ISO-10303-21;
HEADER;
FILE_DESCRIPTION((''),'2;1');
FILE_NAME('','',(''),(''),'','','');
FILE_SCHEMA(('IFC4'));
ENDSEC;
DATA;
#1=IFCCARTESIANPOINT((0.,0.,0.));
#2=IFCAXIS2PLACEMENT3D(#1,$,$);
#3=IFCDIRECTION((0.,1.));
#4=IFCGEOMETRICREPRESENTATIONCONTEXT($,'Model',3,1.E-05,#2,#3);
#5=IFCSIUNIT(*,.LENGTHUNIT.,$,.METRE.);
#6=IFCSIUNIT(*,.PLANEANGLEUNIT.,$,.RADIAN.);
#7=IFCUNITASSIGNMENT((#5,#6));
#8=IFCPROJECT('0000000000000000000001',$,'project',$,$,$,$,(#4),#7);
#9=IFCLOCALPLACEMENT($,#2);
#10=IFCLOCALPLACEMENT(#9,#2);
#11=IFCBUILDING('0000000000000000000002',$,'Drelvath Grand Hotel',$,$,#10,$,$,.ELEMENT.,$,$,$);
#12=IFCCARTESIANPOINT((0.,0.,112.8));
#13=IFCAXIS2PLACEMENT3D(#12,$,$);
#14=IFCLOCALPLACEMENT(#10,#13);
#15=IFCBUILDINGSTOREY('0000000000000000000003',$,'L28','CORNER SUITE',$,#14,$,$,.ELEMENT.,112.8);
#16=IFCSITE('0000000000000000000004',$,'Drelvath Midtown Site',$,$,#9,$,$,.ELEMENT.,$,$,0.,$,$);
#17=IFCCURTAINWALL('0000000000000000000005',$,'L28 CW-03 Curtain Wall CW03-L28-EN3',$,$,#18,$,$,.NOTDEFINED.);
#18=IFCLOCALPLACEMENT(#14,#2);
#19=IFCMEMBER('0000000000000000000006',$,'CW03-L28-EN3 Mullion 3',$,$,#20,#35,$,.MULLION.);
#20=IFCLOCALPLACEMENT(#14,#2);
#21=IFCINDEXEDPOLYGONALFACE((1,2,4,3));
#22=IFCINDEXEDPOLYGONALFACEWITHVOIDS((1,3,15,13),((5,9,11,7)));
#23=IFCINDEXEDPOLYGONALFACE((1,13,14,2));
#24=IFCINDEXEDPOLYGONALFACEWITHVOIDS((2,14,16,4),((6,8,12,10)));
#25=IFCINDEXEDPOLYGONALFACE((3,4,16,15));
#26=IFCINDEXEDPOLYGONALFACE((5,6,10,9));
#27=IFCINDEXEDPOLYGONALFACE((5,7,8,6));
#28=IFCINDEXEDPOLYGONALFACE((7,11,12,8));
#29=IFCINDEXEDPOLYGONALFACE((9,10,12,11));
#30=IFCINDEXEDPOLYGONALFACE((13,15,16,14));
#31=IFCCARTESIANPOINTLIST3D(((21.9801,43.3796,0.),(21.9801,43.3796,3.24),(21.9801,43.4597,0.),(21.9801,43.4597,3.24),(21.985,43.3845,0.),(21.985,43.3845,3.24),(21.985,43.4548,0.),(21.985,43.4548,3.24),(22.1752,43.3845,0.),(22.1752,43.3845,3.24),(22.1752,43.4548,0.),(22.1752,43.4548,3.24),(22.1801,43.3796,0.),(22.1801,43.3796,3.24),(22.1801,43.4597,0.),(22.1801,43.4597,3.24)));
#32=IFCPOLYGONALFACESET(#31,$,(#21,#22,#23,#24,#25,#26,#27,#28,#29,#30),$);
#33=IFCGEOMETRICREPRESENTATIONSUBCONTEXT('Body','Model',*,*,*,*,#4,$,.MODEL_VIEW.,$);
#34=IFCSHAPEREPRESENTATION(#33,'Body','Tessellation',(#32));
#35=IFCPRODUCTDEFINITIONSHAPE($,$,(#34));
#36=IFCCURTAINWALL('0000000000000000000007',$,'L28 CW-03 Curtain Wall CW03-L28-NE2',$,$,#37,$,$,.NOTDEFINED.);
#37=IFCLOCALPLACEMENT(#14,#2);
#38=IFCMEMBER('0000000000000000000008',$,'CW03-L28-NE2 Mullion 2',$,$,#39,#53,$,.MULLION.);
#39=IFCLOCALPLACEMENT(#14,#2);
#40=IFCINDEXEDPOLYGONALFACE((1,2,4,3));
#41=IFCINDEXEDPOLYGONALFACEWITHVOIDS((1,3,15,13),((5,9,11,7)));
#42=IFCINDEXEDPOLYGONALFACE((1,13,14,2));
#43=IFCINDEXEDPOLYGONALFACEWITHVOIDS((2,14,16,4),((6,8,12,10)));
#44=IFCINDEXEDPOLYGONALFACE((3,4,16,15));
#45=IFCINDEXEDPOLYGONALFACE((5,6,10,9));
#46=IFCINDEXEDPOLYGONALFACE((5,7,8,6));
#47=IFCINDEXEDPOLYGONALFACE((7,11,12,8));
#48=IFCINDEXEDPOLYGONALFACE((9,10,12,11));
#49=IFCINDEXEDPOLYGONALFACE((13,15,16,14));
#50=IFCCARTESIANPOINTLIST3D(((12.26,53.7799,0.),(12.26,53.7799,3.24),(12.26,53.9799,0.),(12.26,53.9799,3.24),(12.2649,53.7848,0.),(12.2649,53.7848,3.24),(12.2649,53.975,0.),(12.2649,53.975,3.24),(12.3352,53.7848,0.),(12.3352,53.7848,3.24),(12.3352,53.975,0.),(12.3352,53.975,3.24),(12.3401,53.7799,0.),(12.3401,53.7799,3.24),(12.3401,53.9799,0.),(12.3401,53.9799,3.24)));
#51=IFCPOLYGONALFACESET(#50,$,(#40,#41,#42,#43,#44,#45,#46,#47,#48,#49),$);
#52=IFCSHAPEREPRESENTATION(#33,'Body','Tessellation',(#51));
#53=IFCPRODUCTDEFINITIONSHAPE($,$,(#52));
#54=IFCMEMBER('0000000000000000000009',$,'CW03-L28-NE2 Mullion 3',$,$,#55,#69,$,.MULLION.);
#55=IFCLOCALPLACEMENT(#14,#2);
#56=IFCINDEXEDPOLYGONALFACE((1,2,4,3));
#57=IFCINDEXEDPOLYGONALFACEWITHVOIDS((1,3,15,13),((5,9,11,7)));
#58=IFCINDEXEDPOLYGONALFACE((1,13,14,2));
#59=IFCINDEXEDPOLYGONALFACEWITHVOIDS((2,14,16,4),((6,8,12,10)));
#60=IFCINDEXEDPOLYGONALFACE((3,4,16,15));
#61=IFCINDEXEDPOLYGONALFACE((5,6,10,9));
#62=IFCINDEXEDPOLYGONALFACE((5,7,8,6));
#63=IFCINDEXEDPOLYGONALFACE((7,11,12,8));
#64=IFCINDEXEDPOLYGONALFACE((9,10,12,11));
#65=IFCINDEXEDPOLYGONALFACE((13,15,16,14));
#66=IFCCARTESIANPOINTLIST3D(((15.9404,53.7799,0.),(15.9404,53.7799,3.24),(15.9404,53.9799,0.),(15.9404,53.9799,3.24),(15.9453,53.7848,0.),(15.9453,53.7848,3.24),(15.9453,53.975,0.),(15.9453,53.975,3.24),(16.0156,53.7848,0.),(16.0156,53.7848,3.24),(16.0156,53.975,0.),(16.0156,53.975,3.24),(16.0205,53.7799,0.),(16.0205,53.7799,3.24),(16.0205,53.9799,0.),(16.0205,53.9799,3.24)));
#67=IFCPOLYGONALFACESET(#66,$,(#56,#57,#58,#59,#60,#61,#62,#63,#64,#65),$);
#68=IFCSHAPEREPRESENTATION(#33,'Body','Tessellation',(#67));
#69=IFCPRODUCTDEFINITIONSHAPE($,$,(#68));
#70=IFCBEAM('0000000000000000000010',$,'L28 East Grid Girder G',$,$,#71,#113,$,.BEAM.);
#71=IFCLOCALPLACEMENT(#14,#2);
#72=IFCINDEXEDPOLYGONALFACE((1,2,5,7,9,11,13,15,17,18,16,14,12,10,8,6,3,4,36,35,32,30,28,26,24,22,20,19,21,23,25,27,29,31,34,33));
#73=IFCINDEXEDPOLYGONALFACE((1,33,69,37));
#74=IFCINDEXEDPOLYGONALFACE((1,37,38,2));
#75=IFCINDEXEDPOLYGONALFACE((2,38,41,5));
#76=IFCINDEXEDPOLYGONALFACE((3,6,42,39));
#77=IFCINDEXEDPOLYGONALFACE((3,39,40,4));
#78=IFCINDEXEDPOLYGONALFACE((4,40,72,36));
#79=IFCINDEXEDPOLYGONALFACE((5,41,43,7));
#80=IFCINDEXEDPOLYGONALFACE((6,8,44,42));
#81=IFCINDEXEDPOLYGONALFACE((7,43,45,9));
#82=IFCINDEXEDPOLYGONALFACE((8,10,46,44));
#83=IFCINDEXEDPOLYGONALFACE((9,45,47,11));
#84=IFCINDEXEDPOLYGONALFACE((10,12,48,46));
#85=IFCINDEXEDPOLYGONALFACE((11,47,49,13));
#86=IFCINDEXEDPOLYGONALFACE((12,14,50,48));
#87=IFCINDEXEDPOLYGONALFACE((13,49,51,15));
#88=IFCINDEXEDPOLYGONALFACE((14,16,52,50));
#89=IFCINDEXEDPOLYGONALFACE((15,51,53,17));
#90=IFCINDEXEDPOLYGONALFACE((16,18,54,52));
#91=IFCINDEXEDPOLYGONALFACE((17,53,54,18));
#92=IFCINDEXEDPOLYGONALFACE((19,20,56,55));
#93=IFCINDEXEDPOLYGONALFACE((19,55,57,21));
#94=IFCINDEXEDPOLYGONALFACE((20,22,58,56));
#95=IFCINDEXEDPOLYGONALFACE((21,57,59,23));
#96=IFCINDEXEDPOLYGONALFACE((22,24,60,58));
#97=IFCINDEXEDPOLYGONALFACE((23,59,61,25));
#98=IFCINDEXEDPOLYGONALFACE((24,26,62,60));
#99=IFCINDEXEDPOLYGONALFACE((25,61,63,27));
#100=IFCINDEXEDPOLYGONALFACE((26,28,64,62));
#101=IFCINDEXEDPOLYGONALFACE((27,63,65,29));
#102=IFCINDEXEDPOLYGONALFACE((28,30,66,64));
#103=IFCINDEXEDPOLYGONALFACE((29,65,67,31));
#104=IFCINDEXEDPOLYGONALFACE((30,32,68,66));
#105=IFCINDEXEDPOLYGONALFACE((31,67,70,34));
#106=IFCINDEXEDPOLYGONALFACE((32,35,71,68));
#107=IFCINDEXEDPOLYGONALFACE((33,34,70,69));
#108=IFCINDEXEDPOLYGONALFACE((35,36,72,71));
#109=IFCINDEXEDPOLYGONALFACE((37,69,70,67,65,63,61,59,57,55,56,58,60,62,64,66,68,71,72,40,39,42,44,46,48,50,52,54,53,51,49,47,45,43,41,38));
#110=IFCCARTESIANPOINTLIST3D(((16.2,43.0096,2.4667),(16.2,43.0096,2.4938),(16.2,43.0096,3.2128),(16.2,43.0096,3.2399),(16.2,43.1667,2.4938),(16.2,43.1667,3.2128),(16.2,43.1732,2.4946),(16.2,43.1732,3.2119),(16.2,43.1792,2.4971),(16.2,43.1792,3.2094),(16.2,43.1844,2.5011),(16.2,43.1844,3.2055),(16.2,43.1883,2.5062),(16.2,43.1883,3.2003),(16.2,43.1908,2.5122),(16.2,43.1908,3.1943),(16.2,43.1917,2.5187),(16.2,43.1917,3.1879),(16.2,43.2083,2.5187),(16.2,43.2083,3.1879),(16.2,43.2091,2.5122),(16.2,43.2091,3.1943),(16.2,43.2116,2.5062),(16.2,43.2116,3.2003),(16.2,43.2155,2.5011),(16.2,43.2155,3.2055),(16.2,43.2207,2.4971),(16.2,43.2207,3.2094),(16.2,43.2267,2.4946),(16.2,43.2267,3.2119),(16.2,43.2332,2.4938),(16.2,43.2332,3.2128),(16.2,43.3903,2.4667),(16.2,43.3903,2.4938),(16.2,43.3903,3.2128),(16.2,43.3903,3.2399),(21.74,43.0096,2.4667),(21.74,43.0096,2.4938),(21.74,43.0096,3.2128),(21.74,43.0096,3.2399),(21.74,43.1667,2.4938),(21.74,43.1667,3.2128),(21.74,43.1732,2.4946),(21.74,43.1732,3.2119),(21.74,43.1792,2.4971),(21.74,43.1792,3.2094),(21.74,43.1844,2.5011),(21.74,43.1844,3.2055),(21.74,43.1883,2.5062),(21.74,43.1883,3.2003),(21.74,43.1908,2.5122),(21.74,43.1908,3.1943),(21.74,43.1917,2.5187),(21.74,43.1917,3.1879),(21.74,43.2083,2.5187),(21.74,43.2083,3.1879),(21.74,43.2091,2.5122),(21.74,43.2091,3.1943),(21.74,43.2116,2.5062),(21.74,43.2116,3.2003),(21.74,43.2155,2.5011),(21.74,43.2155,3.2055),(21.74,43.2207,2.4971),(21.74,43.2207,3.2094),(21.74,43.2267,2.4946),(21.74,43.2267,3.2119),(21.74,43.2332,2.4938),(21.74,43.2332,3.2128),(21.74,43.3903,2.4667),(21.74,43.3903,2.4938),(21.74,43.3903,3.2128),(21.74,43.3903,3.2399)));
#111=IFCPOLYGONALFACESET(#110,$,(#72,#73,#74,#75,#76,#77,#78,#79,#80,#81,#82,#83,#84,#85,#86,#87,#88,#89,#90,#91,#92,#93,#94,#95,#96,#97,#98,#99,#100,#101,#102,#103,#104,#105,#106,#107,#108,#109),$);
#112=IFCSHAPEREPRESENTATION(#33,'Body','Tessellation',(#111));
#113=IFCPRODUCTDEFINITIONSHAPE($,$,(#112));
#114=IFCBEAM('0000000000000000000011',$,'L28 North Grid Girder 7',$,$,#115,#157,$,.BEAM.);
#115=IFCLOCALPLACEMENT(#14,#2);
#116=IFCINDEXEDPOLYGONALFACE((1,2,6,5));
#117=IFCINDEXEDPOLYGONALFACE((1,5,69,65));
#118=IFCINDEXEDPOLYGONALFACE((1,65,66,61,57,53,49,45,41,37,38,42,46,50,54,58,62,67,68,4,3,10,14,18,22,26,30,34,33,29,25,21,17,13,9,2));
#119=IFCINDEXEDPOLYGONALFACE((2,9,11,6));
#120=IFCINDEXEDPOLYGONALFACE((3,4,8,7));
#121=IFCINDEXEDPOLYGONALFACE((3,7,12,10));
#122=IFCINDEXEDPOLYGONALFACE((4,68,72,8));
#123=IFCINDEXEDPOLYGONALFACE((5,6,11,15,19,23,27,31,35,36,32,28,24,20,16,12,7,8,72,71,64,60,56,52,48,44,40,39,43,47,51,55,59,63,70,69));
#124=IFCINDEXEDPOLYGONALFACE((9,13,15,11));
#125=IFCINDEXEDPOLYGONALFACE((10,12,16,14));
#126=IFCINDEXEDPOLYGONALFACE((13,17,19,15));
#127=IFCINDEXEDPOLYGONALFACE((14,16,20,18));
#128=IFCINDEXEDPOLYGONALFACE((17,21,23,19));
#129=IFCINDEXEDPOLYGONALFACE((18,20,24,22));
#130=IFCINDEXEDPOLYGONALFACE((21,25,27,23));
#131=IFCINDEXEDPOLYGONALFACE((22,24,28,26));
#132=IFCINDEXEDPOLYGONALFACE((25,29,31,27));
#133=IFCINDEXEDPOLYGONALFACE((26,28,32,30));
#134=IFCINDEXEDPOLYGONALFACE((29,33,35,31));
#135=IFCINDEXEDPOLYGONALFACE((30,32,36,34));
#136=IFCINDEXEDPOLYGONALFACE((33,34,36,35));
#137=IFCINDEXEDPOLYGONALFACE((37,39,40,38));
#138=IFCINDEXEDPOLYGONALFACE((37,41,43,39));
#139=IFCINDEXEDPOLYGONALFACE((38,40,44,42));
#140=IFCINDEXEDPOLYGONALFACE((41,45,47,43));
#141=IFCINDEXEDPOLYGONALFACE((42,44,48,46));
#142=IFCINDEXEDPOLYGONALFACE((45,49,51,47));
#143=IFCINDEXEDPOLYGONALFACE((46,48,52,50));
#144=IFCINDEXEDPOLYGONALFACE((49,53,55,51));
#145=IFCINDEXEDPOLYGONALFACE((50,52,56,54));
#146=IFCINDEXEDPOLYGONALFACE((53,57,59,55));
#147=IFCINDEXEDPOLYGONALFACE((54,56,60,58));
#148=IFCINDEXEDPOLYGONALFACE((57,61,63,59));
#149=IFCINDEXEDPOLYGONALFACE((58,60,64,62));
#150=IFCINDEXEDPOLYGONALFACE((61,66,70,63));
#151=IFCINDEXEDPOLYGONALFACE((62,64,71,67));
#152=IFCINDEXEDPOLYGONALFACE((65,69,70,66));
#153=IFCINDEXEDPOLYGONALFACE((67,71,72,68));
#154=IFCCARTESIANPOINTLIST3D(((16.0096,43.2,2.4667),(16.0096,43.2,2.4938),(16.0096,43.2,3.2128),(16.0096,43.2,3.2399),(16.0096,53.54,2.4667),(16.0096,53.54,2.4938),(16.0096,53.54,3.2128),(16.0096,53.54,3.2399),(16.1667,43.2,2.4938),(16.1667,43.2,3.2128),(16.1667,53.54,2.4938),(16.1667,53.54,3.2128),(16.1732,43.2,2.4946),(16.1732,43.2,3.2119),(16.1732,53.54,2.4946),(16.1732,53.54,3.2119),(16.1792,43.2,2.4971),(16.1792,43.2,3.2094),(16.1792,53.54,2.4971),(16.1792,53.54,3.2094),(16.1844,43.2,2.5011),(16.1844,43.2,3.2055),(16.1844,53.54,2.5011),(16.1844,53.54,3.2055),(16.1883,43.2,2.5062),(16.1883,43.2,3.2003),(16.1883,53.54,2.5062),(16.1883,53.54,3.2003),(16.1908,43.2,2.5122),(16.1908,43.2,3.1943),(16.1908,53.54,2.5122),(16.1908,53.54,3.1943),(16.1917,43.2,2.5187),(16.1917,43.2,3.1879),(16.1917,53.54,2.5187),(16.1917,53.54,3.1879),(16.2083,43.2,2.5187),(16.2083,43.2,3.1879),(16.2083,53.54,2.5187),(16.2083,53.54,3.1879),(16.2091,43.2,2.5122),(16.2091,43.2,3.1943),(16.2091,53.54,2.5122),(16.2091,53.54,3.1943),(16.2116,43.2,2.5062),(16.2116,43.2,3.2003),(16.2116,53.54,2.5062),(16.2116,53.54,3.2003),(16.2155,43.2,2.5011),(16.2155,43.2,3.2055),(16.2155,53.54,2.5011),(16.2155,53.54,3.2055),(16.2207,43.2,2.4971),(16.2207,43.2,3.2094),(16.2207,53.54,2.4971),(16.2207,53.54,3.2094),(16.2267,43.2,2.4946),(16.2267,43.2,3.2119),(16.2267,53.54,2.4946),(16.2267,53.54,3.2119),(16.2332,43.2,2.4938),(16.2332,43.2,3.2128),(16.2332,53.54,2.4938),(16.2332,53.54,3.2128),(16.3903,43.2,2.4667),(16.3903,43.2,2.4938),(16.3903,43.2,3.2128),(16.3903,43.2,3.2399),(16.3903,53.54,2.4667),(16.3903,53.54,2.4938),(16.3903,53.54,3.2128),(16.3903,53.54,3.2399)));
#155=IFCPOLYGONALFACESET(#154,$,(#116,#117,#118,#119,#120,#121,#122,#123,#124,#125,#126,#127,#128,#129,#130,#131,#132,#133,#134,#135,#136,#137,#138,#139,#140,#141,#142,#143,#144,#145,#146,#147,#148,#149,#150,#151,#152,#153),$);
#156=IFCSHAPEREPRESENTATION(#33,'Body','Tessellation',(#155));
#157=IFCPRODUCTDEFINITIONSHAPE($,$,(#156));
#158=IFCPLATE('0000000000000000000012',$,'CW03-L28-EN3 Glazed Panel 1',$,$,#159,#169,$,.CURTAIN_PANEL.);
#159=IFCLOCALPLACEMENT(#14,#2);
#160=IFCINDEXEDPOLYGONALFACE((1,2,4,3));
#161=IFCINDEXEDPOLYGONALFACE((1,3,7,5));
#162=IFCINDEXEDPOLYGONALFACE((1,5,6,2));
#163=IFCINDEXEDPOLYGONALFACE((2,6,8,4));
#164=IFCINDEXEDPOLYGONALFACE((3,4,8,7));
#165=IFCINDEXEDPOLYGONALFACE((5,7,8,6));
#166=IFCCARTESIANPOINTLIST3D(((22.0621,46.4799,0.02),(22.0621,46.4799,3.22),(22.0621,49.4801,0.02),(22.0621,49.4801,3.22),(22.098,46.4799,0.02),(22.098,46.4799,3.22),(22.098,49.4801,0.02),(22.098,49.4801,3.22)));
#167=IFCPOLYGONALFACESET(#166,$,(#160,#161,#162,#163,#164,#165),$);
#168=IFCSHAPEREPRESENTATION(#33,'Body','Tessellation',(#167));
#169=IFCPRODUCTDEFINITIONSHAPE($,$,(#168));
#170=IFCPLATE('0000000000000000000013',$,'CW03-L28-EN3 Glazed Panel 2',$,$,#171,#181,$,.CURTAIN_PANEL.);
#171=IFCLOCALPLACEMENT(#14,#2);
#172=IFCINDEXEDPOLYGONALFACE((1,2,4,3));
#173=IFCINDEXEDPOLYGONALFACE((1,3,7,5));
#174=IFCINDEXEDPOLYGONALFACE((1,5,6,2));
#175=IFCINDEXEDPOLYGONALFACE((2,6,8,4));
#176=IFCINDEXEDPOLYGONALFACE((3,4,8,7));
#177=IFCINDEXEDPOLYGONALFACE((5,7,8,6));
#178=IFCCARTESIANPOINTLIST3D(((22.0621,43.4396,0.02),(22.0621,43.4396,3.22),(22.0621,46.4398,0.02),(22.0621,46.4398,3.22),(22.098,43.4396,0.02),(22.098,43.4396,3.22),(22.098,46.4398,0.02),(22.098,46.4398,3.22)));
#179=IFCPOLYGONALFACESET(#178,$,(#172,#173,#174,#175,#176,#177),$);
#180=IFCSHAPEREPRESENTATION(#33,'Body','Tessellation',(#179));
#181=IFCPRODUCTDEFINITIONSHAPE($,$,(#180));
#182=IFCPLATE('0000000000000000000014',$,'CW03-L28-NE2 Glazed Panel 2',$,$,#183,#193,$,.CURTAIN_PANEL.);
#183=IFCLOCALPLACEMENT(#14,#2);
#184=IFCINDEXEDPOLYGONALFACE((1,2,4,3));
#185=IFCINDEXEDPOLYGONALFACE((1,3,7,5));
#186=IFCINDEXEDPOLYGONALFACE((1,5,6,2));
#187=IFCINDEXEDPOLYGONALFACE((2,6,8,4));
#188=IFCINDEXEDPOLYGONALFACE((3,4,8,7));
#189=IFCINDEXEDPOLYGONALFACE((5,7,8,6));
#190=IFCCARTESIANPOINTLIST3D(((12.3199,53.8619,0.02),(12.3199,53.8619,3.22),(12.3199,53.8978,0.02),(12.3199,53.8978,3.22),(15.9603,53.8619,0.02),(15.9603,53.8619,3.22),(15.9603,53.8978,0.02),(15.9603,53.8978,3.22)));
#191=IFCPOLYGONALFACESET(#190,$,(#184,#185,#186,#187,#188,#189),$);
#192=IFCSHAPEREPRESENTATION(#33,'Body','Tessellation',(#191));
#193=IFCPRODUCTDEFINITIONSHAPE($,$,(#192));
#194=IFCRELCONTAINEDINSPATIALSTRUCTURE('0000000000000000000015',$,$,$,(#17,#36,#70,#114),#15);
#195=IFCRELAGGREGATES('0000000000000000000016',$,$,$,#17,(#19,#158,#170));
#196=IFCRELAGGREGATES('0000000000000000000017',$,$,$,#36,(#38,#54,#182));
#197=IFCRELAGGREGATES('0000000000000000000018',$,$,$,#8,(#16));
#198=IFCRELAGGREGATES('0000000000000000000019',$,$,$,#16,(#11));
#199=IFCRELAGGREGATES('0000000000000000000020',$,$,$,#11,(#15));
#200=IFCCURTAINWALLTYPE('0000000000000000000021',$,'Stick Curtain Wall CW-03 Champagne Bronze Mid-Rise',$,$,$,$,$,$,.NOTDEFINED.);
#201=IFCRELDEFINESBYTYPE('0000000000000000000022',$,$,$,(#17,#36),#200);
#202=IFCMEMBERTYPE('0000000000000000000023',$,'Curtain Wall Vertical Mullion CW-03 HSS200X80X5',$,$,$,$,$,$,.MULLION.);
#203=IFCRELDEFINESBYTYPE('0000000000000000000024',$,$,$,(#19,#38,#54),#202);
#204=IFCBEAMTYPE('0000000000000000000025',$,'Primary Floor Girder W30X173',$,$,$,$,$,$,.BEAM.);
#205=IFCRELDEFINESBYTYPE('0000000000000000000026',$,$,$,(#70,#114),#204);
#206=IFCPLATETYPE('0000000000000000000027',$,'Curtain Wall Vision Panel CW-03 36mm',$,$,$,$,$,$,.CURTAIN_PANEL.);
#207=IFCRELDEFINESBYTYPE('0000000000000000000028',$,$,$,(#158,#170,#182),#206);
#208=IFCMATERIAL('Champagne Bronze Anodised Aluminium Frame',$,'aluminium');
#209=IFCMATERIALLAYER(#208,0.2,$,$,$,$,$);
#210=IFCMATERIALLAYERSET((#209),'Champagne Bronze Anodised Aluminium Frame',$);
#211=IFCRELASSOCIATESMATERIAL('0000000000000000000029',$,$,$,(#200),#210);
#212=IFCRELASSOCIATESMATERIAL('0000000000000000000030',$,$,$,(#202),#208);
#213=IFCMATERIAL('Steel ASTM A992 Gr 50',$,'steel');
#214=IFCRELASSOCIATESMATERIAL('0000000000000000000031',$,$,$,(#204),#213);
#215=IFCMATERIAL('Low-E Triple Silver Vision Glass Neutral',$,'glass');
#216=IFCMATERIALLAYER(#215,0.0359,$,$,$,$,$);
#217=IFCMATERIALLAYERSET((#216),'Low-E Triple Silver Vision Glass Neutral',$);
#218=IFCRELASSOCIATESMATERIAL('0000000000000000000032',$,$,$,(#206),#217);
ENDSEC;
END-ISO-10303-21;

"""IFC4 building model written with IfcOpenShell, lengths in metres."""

from ifc_helpers import new_model, si_unit, direction, frame, origin, origin_2d, place, context, subcontext, project, spatial, rectangle, hollow_rectangle, i_section, extrude, material, layer, layer_set, material_profile, profile_set, type_object, element, aggregate, save


model = new_model("IFC4")

# Units and contexts
model_context = context("Model", 3, precision=1e-05, world=origin(), true_north=direction((0.0, 1.0)))
body_context = subcontext(model_context, "Body", "Model", "MODEL_VIEW")
ifc_project = project(units=[si_unit("LENGTHUNIT", "METRE"), si_unit("PLANEANGLEUNIT", "RADIAN")], contexts=[model_context])

# Site, building, storey
site_placement = place(None, origin())
site = spatial("IfcSite", under=ifc_project, at=site_placement, Name="Drelvath Midtown Site", CompositionType="ELEMENT", RefElevation=0.0)
building_placement = place(site_placement, origin())
building = spatial("IfcBuilding", under=site, at=building_placement, Name="Drelvath Grand Hotel", CompositionType="ELEMENT")
storey_placement = place(building_placement, frame((0.0, 0.0, 112.8)))
storey = spatial("IfcBuildingStorey", under=building, at=storey_placement, Name="L28", Description="CORNER SUITE", CompositionType="ELEMENT", Elevation=112.8)

# Curtain wall
ifc_material_1 = material(Name="Champagne Bronze Anodised Aluminium Frame", Category="aluminium")
ifc_layer_1 = layer(ifc_material_1, 0.2)
ifc_layer_set_1 = layer_set([ifc_layer_1], Name="Champagne Bronze Anodised Aluminium Frame")
curtain_wall_type = type_object("IfcCurtainWallType", Name="Stick Curtain Wall CW-03 Champagne Bronze Mid-Rise", PredefinedType="NOTDEFINED", material=ifc_layer_set_1)
curtain_wall_1_placement = place(storey_placement, origin())
curtain_wall_1 = element("IfcCurtainWall", 1, at=curtain_wall_1_placement, inside=storey, type_object=curtain_wall_type, Name="L28 CW-03 Curtain Wall CW03-L28-EN3", PredefinedType="NOTDEFINED")
ifc_material_profile_1 = material_profile(ifc_material_1, hollow_rectangle(XDim=0.0801, YDim=0.2, WallThickness=0.0049, at=origin_2d()), Name="HSS200X80X5")
ifc_profile_set_1 = profile_set([ifc_material_profile_1], Name="Champagne Bronze Anodised Aluminium Frame")
member_type_1 = type_object("IfcMemberType", Name="Curtain Wall Vertical Mullion CW-03 HSS200X80X5", PredefinedType="MULLION", material=ifc_profile_set_1)

# Member
member_1_placement = place(storey_placement, frame((22.0801, 43.4197, 0.0), z_axis=(0.0, 0.0, 1.0), x_axis=(0.0, 1.0, 0.0)))
member_1 = element("IfcMember", 2, at=member_1_placement, type_object=member_type_1, Name="CW03-L28-EN3 Mullion 3", PredefinedType="MULLION", context=body_context, shape_type="SweptSolid", body=[
    extrude(hollow_rectangle(XDim=0.0801, YDim=0.2, WallThickness=0.0049, at=origin_2d()), origin(), (0.0, 0.0, 1.0), 3.24),
])

# Curtain wall, members
curtain_wall_2_placement = place(storey_placement, origin())
curtain_wall_2 = element("IfcCurtainWall", 3, at=curtain_wall_2_placement, inside=storey, type_object=curtain_wall_type, Name="L28 CW-03 Curtain Wall CW03-L28-NE2", PredefinedType="NOTDEFINED")
member_2_placement = place(storey_placement, frame((12.3, 53.8799, 0.0), z_axis=(0.0, 0.0, 1.0), x_axis=(1.0, 0.0, 0.0)))
member_2 = element("IfcMember", 4, at=member_2_placement, type_object=member_type_1, Name="CW03-L28-NE2 Mullion 2", PredefinedType="MULLION", context=body_context, shape_type="SweptSolid", body=[
    extrude(hollow_rectangle(XDim=0.0801, YDim=0.2, WallThickness=0.0049, at=origin_2d()), origin(), (0.0, 0.0, 1.0), 3.24),
])
member_3_placement = place(storey_placement, frame((15.9805, 53.8799, 0.0), z_axis=(0.0, 0.0, 1.0), x_axis=(1.0, 0.0, 0.0)))
member_3 = element("IfcMember", 5, at=member_3_placement, type_object=member_type_1, Name="CW03-L28-NE2 Mullion 3", PredefinedType="MULLION", context=body_context, shape_type="SweptSolid", body=[
    extrude(hollow_rectangle(XDim=0.0801, YDim=0.2, WallThickness=0.0049, at=origin_2d()), origin(), (0.0, 0.0, 1.0), 3.24),
])

# Beams
ifc_material_2 = material(Name="Steel ASTM A992 Gr 50", Category="steel")
ifc_material_profile_2 = material_profile(ifc_material_2, i_section(OverallWidth=0.3806, OverallDepth=0.7732, WebThickness=0.0166, FlangeThickness=0.0271, FilletRadius=0.0249, at=origin_2d()), Name="W30X173")
ifc_profile_set_2 = profile_set([ifc_material_profile_2], Name="Steel ASTM A992 Gr 50")
beam_type = type_object("IfcBeamType", Name="Primary Floor Girder W30X173", PredefinedType="BEAM", material=ifc_profile_set_2)
beam_1_placement = place(storey_placement, frame((16.2, 43.2, 2.8533), z_axis=(1.0, 0.0, 0.0), x_axis=(0.0, 1.0, 0.0)))
element("IfcBeam", 6, at=beam_1_placement, inside=storey, type_object=beam_type, Name="L28 East Grid Girder G", PredefinedType="BEAM", context=body_context, shape_type="SweptSolid", body=[
    extrude(i_section(OverallWidth=0.3806, OverallDepth=0.7732, WebThickness=0.0166, FlangeThickness=0.0271, FilletRadius=0.0249, at=origin_2d()), origin(), (0.0, 0.0, 1.0), 5.54),
])
beam_2_placement = place(storey_placement, frame((16.2, 43.2, 2.8533), z_axis=(0.0, 1.0, 0.0), x_axis=(-1.0, 0.0, 0.0)))
element("IfcBeam", 7, at=beam_2_placement, inside=storey, type_object=beam_type, Name="L28 North Grid Girder 7", PredefinedType="BEAM", context=body_context, shape_type="SweptSolid", body=[
    extrude(i_section(OverallWidth=0.3806, OverallDepth=0.7732, WebThickness=0.0166, FlangeThickness=0.0271, FilletRadius=0.0249, at=origin_2d()), origin(), (0.0, 0.0, 1.0), 10.3401),
])

# Plates
ifc_material_3 = material(Name="Low-E Triple Silver Vision Glass Neutral", Category="glass")
ifc_layer_2 = layer(ifc_material_3, 0.0359)
ifc_layer_set_2 = layer_set([ifc_layer_2], Name="Low-E Triple Silver Vision Glass Neutral")
plate_type = type_object("IfcPlateType", Name="Curtain Wall Vision Panel CW-03 36mm", PredefinedType="CURTAIN_PANEL", material=ifc_layer_set_2)
plate_1_placement = place(storey_placement, frame((22.0801, 47.98, 0.02), z_axis=(0.0, 0.0, 1.0), x_axis=(0.0, -1.0, 0.0)))
plate_1 = element("IfcPlate", 8, at=plate_1_placement, type_object=plate_type, Name="CW03-L28-EN3 Glazed Panel 1", PredefinedType="CURTAIN_PANEL", context=body_context, shape_type="SweptSolid", body=[
    extrude(rectangle(XDim=3.0002, YDim=0.0359, at=origin_2d()), origin(), (0.0, 0.0, 1.0), 3.2),
])
plate_2_placement = place(storey_placement, frame((22.0801, 44.9397, 0.02), z_axis=(0.0, 0.0, 1.0), x_axis=(0.0, -1.0, 0.0)))
plate_2 = element("IfcPlate", 9, at=plate_2_placement, type_object=plate_type, Name="CW03-L28-EN3 Glazed Panel 2", PredefinedType="CURTAIN_PANEL", context=body_context, shape_type="SweptSolid", body=[
    extrude(rectangle(XDim=3.0002, YDim=0.0359, at=origin_2d()), origin(), (0.0, 0.0, 1.0), 3.2),
])
aggregate(curtain_wall_1, [member_1, plate_1, plate_2])
plate_3_placement = place(storey_placement, frame((14.1401, 53.8799, 0.02), z_axis=(0.0, 0.0, 1.0), x_axis=(1.0, 0.0, 0.0)))
plate_3 = element("IfcPlate", 10, at=plate_3_placement, type_object=plate_type, Name="CW03-L28-NE2 Glazed Panel 2", PredefinedType="CURTAIN_PANEL", context=body_context, shape_type="SweptSolid", body=[
    extrude(rectangle(XDim=3.6404, YDim=0.0359, at=origin_2d()), origin(), (0.0, 0.0, 1.0), 3.2),
])
aggregate(curtain_wall_2, [member_2, member_3, plate_3])

save(model, "model.ifc")
